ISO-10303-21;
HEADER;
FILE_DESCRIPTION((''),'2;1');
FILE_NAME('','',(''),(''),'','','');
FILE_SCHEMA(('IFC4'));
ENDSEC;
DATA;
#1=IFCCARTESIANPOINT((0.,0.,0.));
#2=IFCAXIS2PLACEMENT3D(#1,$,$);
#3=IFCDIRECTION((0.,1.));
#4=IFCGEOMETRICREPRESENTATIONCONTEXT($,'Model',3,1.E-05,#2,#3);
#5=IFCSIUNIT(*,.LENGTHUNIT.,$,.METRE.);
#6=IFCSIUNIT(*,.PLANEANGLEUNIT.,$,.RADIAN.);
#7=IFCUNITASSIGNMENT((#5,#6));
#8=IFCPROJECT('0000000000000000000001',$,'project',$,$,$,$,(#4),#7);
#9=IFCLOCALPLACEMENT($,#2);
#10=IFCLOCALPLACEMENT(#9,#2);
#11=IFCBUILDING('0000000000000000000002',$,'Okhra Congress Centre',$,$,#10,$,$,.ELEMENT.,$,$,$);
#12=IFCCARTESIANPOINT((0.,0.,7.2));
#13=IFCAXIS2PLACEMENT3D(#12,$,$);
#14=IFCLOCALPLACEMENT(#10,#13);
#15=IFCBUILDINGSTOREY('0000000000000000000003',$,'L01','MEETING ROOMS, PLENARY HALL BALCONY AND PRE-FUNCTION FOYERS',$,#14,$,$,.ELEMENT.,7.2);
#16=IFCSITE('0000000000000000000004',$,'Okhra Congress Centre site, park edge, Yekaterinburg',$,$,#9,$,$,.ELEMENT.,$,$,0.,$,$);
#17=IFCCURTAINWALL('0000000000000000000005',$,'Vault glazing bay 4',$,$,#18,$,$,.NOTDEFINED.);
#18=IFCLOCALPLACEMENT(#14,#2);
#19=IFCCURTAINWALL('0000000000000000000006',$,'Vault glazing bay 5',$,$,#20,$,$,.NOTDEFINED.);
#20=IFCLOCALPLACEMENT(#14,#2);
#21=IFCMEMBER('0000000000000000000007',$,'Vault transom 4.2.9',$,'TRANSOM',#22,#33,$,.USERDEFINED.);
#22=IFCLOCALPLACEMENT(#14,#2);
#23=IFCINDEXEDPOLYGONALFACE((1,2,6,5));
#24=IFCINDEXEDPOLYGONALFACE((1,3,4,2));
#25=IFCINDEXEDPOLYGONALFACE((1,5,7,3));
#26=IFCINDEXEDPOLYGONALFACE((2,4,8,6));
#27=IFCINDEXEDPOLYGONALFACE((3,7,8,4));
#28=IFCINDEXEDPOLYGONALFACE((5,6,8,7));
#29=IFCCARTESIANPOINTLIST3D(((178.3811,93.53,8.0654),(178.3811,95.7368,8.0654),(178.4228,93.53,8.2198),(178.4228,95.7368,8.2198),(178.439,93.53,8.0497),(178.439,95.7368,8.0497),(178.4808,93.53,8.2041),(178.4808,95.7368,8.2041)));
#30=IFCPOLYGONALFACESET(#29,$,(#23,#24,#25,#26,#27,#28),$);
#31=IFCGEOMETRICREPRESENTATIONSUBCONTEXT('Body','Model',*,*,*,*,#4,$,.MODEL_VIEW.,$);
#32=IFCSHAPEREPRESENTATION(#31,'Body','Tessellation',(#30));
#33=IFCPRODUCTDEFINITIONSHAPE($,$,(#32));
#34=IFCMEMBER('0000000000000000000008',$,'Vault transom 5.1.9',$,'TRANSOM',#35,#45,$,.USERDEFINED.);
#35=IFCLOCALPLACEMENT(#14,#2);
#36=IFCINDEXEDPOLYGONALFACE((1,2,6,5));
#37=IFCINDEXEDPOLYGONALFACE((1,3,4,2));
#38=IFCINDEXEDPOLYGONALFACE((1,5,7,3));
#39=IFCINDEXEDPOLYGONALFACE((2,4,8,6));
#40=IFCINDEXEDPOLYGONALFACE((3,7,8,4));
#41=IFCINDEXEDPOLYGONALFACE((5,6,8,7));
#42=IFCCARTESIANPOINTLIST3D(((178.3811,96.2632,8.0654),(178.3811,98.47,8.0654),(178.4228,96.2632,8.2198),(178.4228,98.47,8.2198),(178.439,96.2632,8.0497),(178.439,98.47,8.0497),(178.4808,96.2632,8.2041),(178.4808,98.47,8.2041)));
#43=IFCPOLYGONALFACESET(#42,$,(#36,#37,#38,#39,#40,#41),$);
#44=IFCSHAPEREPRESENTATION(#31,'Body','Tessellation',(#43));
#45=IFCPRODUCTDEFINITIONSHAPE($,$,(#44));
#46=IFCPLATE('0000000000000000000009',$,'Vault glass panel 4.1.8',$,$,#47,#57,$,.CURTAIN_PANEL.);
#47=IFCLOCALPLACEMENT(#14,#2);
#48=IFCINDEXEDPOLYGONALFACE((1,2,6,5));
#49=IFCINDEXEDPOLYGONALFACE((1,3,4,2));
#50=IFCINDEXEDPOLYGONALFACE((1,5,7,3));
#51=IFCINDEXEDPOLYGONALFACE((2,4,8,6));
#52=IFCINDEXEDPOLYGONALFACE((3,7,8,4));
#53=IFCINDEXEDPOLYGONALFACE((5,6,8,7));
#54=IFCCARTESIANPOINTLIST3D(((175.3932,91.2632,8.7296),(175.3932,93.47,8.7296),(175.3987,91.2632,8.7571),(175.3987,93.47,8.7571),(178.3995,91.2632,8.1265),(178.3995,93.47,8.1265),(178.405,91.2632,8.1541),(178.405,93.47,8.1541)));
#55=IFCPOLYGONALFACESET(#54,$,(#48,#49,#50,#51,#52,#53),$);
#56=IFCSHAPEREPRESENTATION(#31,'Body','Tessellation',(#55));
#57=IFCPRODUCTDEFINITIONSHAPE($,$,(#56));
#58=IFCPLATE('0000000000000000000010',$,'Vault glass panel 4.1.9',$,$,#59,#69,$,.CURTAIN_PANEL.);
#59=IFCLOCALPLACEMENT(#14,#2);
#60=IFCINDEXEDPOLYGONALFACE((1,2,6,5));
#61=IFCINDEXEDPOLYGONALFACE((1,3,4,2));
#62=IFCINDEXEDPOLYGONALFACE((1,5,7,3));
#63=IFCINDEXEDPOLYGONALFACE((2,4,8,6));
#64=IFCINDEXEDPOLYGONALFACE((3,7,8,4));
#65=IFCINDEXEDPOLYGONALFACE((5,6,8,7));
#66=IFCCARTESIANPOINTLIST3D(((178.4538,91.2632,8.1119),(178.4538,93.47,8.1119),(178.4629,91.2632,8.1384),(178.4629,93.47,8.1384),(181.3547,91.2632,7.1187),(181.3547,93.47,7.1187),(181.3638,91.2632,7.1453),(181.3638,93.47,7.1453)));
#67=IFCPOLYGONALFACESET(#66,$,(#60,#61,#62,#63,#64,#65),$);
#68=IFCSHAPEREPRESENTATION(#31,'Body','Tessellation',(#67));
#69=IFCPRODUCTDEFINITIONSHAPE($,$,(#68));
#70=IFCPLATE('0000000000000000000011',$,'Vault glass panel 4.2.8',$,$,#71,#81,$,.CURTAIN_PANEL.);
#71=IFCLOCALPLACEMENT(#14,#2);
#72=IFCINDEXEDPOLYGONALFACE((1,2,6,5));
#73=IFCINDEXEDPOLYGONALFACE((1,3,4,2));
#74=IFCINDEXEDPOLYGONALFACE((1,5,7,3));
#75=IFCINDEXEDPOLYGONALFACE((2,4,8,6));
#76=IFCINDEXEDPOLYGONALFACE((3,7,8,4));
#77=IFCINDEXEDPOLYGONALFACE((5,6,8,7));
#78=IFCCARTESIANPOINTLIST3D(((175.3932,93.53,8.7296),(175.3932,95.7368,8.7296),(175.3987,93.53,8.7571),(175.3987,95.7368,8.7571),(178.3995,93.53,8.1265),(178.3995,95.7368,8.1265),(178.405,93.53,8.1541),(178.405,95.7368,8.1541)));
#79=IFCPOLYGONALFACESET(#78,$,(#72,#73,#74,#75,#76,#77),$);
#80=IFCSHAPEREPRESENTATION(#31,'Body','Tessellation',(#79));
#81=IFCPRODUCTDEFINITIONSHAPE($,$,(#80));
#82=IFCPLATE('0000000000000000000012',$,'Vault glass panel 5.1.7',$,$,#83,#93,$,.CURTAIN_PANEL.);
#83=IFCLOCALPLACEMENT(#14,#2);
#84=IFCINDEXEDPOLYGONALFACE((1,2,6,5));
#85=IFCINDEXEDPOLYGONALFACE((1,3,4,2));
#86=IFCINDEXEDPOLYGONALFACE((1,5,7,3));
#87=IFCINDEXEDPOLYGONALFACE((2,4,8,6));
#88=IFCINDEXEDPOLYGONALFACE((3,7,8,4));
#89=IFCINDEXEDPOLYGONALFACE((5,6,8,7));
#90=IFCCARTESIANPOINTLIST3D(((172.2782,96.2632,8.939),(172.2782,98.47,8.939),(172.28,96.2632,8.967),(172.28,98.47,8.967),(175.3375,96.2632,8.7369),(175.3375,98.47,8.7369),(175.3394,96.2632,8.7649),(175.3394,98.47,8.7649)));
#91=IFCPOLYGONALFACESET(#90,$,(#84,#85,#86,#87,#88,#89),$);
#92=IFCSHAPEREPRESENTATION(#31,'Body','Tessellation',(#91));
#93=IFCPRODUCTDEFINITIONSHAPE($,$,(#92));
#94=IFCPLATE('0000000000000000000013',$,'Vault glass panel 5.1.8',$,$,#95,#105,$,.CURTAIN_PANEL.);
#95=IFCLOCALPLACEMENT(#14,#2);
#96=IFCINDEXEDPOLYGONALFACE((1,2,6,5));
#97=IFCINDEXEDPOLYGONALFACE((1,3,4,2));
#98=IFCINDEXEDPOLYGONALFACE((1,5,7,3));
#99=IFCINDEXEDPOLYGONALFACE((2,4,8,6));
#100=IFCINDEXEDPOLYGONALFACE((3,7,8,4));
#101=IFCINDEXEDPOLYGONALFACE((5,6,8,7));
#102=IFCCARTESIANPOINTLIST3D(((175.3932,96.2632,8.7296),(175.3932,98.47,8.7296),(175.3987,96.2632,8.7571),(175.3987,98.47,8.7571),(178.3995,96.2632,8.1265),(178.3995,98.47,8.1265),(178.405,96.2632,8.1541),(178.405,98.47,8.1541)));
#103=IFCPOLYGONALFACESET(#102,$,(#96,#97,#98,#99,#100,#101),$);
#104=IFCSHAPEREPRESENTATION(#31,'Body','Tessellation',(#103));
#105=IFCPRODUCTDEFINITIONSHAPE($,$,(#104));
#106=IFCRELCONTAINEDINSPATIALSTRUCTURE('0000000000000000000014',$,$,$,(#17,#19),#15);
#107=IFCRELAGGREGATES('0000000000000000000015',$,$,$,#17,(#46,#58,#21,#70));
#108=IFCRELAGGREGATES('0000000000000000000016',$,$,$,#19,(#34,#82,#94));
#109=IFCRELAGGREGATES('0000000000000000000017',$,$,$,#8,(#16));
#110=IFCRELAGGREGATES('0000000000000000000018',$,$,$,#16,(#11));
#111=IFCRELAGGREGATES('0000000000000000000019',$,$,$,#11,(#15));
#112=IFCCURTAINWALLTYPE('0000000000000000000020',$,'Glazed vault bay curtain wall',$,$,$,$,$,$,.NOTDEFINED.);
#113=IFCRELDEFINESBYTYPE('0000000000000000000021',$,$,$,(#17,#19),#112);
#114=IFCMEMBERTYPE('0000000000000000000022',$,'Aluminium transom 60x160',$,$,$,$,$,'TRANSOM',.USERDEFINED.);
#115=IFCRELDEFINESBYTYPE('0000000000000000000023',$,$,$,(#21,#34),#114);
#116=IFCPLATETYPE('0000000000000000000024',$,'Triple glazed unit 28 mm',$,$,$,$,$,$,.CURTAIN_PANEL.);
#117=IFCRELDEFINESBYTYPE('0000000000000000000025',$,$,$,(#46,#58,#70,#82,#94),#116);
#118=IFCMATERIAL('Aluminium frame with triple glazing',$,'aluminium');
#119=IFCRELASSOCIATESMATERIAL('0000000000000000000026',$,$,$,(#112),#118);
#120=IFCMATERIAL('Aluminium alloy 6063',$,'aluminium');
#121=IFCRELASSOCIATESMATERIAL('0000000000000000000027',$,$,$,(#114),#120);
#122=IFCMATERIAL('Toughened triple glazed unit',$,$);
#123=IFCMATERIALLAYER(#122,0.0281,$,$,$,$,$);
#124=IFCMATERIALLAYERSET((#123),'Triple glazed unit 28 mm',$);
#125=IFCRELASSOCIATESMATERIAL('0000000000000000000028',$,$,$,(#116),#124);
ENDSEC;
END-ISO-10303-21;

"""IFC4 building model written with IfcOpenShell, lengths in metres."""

from ifc_helpers import new_model, si_unit, direction, frame, origin, origin_2d, place, context, subcontext, project, spatial, polyline, rectangle, outline, extrude, material, layer, layer_set, material_profile, profile_set, type_object, element, aggregate, save


model = new_model("IFC4")

# Units and contexts
model_context = context("Model", 3, precision=1e-05, world=origin(), true_north=direction((0.0, 1.0)))
body_context = subcontext(model_context, "Body", "Model", "MODEL_VIEW")
ifc_project = project(units=[si_unit("LENGTHUNIT", "METRE"), si_unit("PLANEANGLEUNIT", "RADIAN")], contexts=[model_context])

# Site, building, storey
site_placement = place(None, origin())
site = spatial("IfcSite", under=ifc_project, at=site_placement, Name="Okhra Congress Centre site, park edge, Yekaterinburg", CompositionType="ELEMENT", RefElevation=0.0)
building_placement = place(site_placement, origin())
building = spatial("IfcBuilding", under=site, at=building_placement, Name="Okhra Congress Centre", CompositionType="ELEMENT")
storey_placement = place(building_placement, frame((0.0, 0.0, 7.2)))
storey = spatial("IfcBuildingStorey", under=building, at=storey_placement, Name="L01", Description="MEETING ROOMS, PLENARY HALL BALCONY AND PRE-FUNCTION FOYERS", CompositionType="ELEMENT", Elevation=7.2)

# Curtain walls
ifc_material_1 = material(Name="Aluminium frame with triple glazing", Category="aluminium")
curtain_wall_type = type_object("IfcCurtainWallType", Name="Glazed vault bay curtain wall", PredefinedType="NOTDEFINED", material=ifc_material_1)
ifc_material_2 = material(Name="Aluminium alloy 6063", Category="aluminium")
curtain_wall_1_placement = place(storey_placement, origin())
curtain_wall_1 = element("IfcCurtainWall", 1, at=curtain_wall_1_placement, inside=storey, type_object=curtain_wall_type, Name="Vault glazing bay 4", PredefinedType="NOTDEFINED")
curtain_wall_2_placement = place(storey_placement, origin())
curtain_wall_2 = element("IfcCurtainWall", 2, at=curtain_wall_2_placement, inside=storey, type_object=curtain_wall_type, Name="Vault glazing bay 5", PredefinedType="NOTDEFINED")

# Members
ifc_material_profile_1 = material_profile(ifc_material_2, rectangle(XDim=0.0601, YDim=0.1599, at=origin_2d()), Name="AL 60x160 transom")
ifc_profile_set_1 = profile_set([ifc_material_profile_1], Name="Aluminium alloy 6063")
member_type_1 = type_object("IfcMemberType", Name="Aluminium transom 60x160", ElementType="TRANSOM", PredefinedType="USERDEFINED", material=ifc_profile_set_1)
member_1_placement = place(storey_placement, frame((178.4309, 93.53, 8.1348), z_axis=(0.0, 1.0, 0.0), x_axis=(-0.96538, 0.0, 0.260848)))
member_1 = element("IfcMember", 3, at=member_1_placement, type_object=member_type_1, Name="Vault transom 4.2.9", ObjectType="TRANSOM", PredefinedType="USERDEFINED", context=body_context, shape_type="SweptSolid", body=[
    extrude(rectangle(XDim=0.0601, YDim=0.1599, at=origin_2d()), origin(), (0.0, 0.0, 1.0), 2.2068),
])
member_2_placement = place(storey_placement, frame((178.4309, 96.2632, 8.1348), z_axis=(0.0, 1.0, 0.0), x_axis=(-0.96538, 0.0, 0.260848)))
member_2 = element("IfcMember", 4, at=member_2_placement, type_object=member_type_1, Name="Vault transom 5.1.9", ObjectType="TRANSOM", PredefinedType="USERDEFINED", context=body_context, shape_type="SweptSolid", body=[
    extrude(rectangle(XDim=0.0601, YDim=0.1599, at=origin_2d()), origin(), (0.0, 0.0, 1.0), 2.2068),
])

# Plates
ifc_material_3 = material(Name="Toughened triple glazed unit")
ifc_layer = layer(ifc_material_3, 0.0281)
ifc_layer_set = layer_set([ifc_layer], Name="Triple glazed unit 28 mm")
plate_type = type_object("IfcPlateType", Name="Triple glazed unit 28 mm", PredefinedType="CURTAIN_PANEL", material=ifc_layer_set)
plate_1_placement = place(storey_placement, frame((175.3987, 91.2632, 8.7571), z_axis=(0.196667, 0.0, 0.98047), x_axis=(0.98047, 0.0, -0.196667)))
plate_1 = element("IfcPlate", 5, at=plate_1_placement, type_object=plate_type, Name="Vault glass panel 4.1.8", PredefinedType="CURTAIN_PANEL", context=body_context, shape_type="SweptSolid", body=[
    extrude(outline(polyline([(0.0, 0.0), (3.0662, 0.0), (3.0662, 2.2068), (0.0, 2.2068), (0.0, 0.0)])), origin(), (0.0, 0.0, -1.0), 0.0281),
])
plate_2_placement = place(storey_placement, frame((178.4629, 91.2632, 8.1384), z_axis=(0.323909, 0.0, 0.946088), x_axis=(0.946088, 0.0, -0.323909)))
plate_2 = element("IfcPlate", 6, at=plate_2_placement, type_object=plate_type, Name="Vault glass panel 4.1.9", PredefinedType="CURTAIN_PANEL", context=body_context, shape_type="SweptSolid", body=[
    extrude(outline(polyline([(0.0, 0.0), (3.0662, 0.0), (3.0662, 2.2068), (0.0, 2.2068), (0.0, 0.0)])), origin(), (0.0, 0.0, -1.0), 0.0281),
])
plate_3_placement = place(storey_placement, frame((175.3987, 93.53, 8.7571), z_axis=(0.196667, 0.0, 0.98047), x_axis=(0.98047, 0.0, -0.196667)))
plate_3 = element("IfcPlate", 7, at=plate_3_placement, type_object=plate_type, Name="Vault glass panel 4.2.8", PredefinedType="CURTAIN_PANEL", context=body_context, shape_type="SweptSolid", body=[
    extrude(outline(polyline([(0.0, 0.0), (3.0662, 0.0), (3.0662, 2.2068), (0.0, 2.2068), (0.0, 0.0)])), origin(), (0.0, 0.0, -1.0), 0.0281),
])
aggregate(curtain_wall_1, [plate_1, plate_2, member_1, plate_3])
plate_4_placement = place(storey_placement, frame((172.28, 96.2632, 8.967), z_axis=(0.065932, 0.0, 0.997824), x_axis=(0.997824, 0.0, -0.065932)))
plate_4 = element("IfcPlate", 8, at=plate_4_placement, type_object=plate_type, Name="Vault glass panel 5.1.7", PredefinedType="CURTAIN_PANEL", context=body_context, shape_type="SweptSolid", body=[
    extrude(outline(polyline([(0.0, 0.0), (3.066, 0.0), (3.066, 2.2068), (0.0, 2.2068), (0.0, 0.0)])), origin(), (0.0, 0.0, -1.0), 0.0281),
])
plate_5_placement = place(storey_placement, frame((175.3987, 96.2632, 8.7571), z_axis=(0.196667, 0.0, 0.98047), x_axis=(0.98047, 0.0, -0.196667)))
plate_5 = element("IfcPlate", 9, at=plate_5_placement, type_object=plate_type, Name="Vault glass panel 5.1.8", PredefinedType="CURTAIN_PANEL", context=body_context, shape_type="SweptSolid", body=[
    extrude(outline(polyline([(0.0, 0.0), (3.0662, 0.0), (3.0662, 2.2068), (0.0, 2.2068), (0.0, 0.0)])), origin(), (0.0, 0.0, -1.0), 0.0281),
])
aggregate(curtain_wall_2, [member_2, plate_4, plate_5])

save(model, "model.ifc")
